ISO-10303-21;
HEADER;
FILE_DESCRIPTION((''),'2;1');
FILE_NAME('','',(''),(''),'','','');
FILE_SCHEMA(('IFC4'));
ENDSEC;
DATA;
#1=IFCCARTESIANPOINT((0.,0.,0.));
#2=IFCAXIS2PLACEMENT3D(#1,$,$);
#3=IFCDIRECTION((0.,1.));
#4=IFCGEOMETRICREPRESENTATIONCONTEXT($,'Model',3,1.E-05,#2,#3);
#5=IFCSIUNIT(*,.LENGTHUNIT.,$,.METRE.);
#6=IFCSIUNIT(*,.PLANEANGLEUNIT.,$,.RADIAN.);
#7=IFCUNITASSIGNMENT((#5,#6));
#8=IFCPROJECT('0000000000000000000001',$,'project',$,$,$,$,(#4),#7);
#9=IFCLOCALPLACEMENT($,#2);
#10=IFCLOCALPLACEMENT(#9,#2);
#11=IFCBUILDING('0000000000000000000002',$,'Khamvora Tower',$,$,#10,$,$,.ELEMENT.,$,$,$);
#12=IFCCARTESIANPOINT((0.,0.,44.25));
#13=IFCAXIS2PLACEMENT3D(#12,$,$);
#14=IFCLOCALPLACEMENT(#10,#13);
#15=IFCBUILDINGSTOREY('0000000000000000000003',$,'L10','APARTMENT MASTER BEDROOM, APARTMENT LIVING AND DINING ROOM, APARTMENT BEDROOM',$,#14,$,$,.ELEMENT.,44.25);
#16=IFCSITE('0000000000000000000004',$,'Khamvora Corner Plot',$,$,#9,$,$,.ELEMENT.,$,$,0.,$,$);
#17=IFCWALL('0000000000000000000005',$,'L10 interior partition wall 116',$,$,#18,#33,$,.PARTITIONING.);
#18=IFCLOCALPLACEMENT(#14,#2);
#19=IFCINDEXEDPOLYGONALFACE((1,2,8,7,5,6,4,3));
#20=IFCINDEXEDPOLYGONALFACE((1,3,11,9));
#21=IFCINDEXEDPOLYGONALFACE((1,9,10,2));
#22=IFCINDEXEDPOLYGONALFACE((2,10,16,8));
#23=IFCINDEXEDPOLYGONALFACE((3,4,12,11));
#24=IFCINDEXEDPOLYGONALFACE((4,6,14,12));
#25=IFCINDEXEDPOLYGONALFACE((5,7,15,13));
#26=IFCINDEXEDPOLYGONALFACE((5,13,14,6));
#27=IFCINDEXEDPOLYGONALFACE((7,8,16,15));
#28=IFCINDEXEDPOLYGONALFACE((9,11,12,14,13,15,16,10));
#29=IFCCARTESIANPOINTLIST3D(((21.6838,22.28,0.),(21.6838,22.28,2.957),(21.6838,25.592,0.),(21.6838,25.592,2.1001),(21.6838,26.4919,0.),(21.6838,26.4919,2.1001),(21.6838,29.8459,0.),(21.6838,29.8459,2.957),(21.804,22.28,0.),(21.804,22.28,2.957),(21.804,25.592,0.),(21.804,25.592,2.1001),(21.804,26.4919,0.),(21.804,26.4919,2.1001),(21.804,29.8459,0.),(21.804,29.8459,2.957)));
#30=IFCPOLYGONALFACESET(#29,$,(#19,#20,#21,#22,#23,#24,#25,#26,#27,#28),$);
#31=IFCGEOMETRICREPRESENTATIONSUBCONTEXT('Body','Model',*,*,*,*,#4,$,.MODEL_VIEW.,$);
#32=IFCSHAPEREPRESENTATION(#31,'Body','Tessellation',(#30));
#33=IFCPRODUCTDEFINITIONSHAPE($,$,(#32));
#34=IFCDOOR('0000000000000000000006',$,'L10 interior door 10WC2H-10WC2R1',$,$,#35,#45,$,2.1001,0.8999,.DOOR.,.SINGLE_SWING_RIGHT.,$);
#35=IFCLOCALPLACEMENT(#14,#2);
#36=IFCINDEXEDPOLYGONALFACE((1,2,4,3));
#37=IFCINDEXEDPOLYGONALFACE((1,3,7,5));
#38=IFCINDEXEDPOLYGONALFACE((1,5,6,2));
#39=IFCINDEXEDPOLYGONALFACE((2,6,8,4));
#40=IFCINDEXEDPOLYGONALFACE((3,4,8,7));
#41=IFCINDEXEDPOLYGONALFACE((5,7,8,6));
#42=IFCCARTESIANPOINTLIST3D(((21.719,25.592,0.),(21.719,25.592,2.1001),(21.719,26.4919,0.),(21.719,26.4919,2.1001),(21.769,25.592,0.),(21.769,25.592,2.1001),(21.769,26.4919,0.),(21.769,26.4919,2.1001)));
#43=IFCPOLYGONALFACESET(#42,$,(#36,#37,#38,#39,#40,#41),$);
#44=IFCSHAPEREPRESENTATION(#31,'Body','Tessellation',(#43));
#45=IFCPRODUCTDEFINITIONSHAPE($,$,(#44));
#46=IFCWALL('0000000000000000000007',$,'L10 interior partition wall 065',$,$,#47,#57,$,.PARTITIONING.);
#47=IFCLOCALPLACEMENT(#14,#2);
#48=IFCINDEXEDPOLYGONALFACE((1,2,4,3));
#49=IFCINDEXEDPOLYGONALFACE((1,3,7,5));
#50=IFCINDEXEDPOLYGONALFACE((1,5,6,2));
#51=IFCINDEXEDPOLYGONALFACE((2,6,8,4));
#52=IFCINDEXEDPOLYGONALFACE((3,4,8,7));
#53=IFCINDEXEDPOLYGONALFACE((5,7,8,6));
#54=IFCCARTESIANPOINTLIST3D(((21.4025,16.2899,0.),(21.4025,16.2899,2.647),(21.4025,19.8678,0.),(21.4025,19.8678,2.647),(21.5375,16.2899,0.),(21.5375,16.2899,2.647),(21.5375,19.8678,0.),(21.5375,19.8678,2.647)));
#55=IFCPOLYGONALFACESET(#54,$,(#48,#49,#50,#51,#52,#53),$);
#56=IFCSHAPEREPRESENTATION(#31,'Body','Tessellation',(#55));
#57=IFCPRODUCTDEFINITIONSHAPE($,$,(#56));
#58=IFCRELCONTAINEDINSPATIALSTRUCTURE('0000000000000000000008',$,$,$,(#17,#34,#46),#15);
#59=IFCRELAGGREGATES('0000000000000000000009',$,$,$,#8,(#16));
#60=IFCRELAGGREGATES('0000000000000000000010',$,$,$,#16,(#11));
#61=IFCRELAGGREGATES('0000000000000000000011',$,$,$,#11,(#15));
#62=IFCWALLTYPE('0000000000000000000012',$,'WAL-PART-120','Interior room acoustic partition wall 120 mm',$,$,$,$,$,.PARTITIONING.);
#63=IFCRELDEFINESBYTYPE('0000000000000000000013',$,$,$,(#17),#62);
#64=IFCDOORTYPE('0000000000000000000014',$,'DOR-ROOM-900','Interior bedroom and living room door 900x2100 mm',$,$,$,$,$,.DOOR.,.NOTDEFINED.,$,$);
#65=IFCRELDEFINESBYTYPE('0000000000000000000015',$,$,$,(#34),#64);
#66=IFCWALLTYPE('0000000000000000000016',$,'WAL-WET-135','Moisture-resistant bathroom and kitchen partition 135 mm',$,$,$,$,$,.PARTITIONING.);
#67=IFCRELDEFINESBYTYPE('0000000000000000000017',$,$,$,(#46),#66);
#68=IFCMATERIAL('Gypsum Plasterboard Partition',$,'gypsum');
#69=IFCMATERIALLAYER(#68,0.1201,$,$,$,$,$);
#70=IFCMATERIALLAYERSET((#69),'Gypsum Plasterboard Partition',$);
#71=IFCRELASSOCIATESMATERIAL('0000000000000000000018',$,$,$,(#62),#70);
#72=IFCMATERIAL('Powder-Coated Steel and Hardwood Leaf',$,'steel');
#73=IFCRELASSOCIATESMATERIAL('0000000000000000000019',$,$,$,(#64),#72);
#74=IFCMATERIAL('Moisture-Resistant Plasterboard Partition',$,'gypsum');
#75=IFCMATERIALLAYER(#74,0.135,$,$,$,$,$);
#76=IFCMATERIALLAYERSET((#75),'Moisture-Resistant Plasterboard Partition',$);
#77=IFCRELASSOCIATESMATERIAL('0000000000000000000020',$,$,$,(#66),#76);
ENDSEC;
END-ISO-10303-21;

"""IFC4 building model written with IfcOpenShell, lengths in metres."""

from ifc_helpers import new_model, si_unit, direction, frame, frame_2d, origin, place, context, subcontext, project, spatial, rectangle, extrude, material, layer, layer_set, type_object, element, fill, save


model = new_model("IFC4")

# Units and contexts
model_context = context("Model", 3, precision=1e-05, world=origin(), true_north=direction((0.0, 1.0)))
body_context = subcontext(model_context, "Body", "Model", "MODEL_VIEW")
ifc_project = project(units=[si_unit("LENGTHUNIT", "METRE"), si_unit("PLANEANGLEUNIT", "RADIAN")], contexts=[model_context])

# Site, building, storey
site_placement = place(None, origin())
site = spatial("IfcSite", under=ifc_project, at=site_placement, Name="Khamvora Corner Plot", CompositionType="ELEMENT", RefElevation=0.0)
building_placement = place(site_placement, origin())
building = spatial("IfcBuilding", under=site, at=building_placement, Name="Khamvora Tower", CompositionType="ELEMENT")
storey_placement = place(building_placement, frame((0.0, 0.0, 44.25)))
storey = spatial("IfcBuildingStorey", under=building, at=storey_placement, Name="L10", Description="APARTMENT MASTER BEDROOM, APARTMENT LIVING AND DINING ROOM, APARTMENT BEDROOM", CompositionType="ELEMENT", Elevation=44.25)

# Shared definitions
ifc_material_1 = material(Name="Powder-Coated Steel and Hardwood Leaf", Category="steel")

# Wall, opening, door
ifc_material_2 = material(Name="Gypsum Plasterboard Partition", Category="gypsum")
ifc_layer_1 = layer(ifc_material_2, 0.1201)
ifc_layer_set_1 = layer_set([ifc_layer_1], Name="Gypsum Plasterboard Partition")
wall_type_1 = type_object("IfcWallType", Name="WAL-PART-120", Description="Interior room acoustic partition wall 120 mm", PredefinedType="PARTITIONING", material=ifc_layer_set_1)
wall_1_placement = place(storey_placement, frame((21.7439, 22.28, 0.0), z_axis=(0.0, 0.0, 1.0), x_axis=(0.0, 1.0, 0.0)))
wall_1 = element("IfcWall", 1, at=wall_1_placement, inside=storey, type_object=wall_type_1, Name="L10 interior partition wall 116", PredefinedType="PARTITIONING", context=body_context, shape_type="SweptSolid", body=[
    extrude(rectangle(XDim=7.5659, YDim=0.1201, at=frame_2d((3.783, 0.0))), origin(), (0.0, 0.0, 1.0), 2.957),
])
opening_1_placement = place(wall_1_placement, frame((3.312, 0.0, 0.0)))
opening_1 = element("IfcOpeningElement", 2, at=opening_1_placement, cuts=wall_1, PredefinedType="OPENING", context=body_context, shape_type="SweptSolid", body=[
    extrude(rectangle(XDim=0.8999, YDim=2.1001, at=frame_2d((0.45, 1.05))), frame((0.0, 0.0701, 0.0), z_axis=(0.0, -1.0, 0.0), x_axis=(1.0, 0.0, 0.0)), (0.0, 0.0, 1.0), 0.1401),
])
door_type_1 = type_object("IfcDoorType", Name="DOR-ROOM-900", Description="Interior bedroom and living room door 900x2100 mm", OperationType="NOTDEFINED", PredefinedType="DOOR", material=ifc_material_1)
door_1_placement = place(opening_1_placement, origin())
door_1 = element("IfcDoor", 3, at=door_1_placement, inside=storey, type_object=door_type_1, Name="L10 interior door 10WC2H-10WC2R1", OperationType="SINGLE_SWING_RIGHT", OverallHeight=2.1001, OverallWidth=0.8999, PredefinedType="DOOR", context=body_context, shape_type="SweptSolid", body=[
    extrude(rectangle(XDim=0.8999, YDim=2.1001, at=frame_2d((0.45, 1.05))), frame((0.0, 0.0249, 0.0), z_axis=(0.0, -1.0, 0.0), x_axis=(1.0, 0.0, 0.0)), (0.0, 0.0, 1.0), 0.05),
])
fill(opening_1, door_1)

# Wall
ifc_material_3 = material(Name="Moisture-Resistant Plasterboard Partition", Category="gypsum")
ifc_layer_2 = layer(ifc_material_3, 0.135)
ifc_layer_set_2 = layer_set([ifc_layer_2], Name="Moisture-Resistant Plasterboard Partition")
wall_type_2 = type_object("IfcWallType", Name="WAL-WET-135", Description="Moisture-resistant bathroom and kitchen partition 135 mm", PredefinedType="PARTITIONING", material=ifc_layer_set_2)
wall_2_placement = place(storey_placement, frame((21.47, 19.8679, 0.0), z_axis=(0.0, 0.0, 1.0), x_axis=(0.0, -1.0, 0.0)))
element("IfcWall", 4, at=wall_2_placement, inside=storey, type_object=wall_type_2, Name="L10 interior partition wall 065", PredefinedType="PARTITIONING", context=body_context, shape_type="SweptSolid", body=[
    extrude(rectangle(XDim=3.5779, YDim=0.135, at=frame_2d((1.7891, 0.0))), origin(), (0.0, 0.0, 1.0), 2.647),
])

save(model, "model.ifc")
